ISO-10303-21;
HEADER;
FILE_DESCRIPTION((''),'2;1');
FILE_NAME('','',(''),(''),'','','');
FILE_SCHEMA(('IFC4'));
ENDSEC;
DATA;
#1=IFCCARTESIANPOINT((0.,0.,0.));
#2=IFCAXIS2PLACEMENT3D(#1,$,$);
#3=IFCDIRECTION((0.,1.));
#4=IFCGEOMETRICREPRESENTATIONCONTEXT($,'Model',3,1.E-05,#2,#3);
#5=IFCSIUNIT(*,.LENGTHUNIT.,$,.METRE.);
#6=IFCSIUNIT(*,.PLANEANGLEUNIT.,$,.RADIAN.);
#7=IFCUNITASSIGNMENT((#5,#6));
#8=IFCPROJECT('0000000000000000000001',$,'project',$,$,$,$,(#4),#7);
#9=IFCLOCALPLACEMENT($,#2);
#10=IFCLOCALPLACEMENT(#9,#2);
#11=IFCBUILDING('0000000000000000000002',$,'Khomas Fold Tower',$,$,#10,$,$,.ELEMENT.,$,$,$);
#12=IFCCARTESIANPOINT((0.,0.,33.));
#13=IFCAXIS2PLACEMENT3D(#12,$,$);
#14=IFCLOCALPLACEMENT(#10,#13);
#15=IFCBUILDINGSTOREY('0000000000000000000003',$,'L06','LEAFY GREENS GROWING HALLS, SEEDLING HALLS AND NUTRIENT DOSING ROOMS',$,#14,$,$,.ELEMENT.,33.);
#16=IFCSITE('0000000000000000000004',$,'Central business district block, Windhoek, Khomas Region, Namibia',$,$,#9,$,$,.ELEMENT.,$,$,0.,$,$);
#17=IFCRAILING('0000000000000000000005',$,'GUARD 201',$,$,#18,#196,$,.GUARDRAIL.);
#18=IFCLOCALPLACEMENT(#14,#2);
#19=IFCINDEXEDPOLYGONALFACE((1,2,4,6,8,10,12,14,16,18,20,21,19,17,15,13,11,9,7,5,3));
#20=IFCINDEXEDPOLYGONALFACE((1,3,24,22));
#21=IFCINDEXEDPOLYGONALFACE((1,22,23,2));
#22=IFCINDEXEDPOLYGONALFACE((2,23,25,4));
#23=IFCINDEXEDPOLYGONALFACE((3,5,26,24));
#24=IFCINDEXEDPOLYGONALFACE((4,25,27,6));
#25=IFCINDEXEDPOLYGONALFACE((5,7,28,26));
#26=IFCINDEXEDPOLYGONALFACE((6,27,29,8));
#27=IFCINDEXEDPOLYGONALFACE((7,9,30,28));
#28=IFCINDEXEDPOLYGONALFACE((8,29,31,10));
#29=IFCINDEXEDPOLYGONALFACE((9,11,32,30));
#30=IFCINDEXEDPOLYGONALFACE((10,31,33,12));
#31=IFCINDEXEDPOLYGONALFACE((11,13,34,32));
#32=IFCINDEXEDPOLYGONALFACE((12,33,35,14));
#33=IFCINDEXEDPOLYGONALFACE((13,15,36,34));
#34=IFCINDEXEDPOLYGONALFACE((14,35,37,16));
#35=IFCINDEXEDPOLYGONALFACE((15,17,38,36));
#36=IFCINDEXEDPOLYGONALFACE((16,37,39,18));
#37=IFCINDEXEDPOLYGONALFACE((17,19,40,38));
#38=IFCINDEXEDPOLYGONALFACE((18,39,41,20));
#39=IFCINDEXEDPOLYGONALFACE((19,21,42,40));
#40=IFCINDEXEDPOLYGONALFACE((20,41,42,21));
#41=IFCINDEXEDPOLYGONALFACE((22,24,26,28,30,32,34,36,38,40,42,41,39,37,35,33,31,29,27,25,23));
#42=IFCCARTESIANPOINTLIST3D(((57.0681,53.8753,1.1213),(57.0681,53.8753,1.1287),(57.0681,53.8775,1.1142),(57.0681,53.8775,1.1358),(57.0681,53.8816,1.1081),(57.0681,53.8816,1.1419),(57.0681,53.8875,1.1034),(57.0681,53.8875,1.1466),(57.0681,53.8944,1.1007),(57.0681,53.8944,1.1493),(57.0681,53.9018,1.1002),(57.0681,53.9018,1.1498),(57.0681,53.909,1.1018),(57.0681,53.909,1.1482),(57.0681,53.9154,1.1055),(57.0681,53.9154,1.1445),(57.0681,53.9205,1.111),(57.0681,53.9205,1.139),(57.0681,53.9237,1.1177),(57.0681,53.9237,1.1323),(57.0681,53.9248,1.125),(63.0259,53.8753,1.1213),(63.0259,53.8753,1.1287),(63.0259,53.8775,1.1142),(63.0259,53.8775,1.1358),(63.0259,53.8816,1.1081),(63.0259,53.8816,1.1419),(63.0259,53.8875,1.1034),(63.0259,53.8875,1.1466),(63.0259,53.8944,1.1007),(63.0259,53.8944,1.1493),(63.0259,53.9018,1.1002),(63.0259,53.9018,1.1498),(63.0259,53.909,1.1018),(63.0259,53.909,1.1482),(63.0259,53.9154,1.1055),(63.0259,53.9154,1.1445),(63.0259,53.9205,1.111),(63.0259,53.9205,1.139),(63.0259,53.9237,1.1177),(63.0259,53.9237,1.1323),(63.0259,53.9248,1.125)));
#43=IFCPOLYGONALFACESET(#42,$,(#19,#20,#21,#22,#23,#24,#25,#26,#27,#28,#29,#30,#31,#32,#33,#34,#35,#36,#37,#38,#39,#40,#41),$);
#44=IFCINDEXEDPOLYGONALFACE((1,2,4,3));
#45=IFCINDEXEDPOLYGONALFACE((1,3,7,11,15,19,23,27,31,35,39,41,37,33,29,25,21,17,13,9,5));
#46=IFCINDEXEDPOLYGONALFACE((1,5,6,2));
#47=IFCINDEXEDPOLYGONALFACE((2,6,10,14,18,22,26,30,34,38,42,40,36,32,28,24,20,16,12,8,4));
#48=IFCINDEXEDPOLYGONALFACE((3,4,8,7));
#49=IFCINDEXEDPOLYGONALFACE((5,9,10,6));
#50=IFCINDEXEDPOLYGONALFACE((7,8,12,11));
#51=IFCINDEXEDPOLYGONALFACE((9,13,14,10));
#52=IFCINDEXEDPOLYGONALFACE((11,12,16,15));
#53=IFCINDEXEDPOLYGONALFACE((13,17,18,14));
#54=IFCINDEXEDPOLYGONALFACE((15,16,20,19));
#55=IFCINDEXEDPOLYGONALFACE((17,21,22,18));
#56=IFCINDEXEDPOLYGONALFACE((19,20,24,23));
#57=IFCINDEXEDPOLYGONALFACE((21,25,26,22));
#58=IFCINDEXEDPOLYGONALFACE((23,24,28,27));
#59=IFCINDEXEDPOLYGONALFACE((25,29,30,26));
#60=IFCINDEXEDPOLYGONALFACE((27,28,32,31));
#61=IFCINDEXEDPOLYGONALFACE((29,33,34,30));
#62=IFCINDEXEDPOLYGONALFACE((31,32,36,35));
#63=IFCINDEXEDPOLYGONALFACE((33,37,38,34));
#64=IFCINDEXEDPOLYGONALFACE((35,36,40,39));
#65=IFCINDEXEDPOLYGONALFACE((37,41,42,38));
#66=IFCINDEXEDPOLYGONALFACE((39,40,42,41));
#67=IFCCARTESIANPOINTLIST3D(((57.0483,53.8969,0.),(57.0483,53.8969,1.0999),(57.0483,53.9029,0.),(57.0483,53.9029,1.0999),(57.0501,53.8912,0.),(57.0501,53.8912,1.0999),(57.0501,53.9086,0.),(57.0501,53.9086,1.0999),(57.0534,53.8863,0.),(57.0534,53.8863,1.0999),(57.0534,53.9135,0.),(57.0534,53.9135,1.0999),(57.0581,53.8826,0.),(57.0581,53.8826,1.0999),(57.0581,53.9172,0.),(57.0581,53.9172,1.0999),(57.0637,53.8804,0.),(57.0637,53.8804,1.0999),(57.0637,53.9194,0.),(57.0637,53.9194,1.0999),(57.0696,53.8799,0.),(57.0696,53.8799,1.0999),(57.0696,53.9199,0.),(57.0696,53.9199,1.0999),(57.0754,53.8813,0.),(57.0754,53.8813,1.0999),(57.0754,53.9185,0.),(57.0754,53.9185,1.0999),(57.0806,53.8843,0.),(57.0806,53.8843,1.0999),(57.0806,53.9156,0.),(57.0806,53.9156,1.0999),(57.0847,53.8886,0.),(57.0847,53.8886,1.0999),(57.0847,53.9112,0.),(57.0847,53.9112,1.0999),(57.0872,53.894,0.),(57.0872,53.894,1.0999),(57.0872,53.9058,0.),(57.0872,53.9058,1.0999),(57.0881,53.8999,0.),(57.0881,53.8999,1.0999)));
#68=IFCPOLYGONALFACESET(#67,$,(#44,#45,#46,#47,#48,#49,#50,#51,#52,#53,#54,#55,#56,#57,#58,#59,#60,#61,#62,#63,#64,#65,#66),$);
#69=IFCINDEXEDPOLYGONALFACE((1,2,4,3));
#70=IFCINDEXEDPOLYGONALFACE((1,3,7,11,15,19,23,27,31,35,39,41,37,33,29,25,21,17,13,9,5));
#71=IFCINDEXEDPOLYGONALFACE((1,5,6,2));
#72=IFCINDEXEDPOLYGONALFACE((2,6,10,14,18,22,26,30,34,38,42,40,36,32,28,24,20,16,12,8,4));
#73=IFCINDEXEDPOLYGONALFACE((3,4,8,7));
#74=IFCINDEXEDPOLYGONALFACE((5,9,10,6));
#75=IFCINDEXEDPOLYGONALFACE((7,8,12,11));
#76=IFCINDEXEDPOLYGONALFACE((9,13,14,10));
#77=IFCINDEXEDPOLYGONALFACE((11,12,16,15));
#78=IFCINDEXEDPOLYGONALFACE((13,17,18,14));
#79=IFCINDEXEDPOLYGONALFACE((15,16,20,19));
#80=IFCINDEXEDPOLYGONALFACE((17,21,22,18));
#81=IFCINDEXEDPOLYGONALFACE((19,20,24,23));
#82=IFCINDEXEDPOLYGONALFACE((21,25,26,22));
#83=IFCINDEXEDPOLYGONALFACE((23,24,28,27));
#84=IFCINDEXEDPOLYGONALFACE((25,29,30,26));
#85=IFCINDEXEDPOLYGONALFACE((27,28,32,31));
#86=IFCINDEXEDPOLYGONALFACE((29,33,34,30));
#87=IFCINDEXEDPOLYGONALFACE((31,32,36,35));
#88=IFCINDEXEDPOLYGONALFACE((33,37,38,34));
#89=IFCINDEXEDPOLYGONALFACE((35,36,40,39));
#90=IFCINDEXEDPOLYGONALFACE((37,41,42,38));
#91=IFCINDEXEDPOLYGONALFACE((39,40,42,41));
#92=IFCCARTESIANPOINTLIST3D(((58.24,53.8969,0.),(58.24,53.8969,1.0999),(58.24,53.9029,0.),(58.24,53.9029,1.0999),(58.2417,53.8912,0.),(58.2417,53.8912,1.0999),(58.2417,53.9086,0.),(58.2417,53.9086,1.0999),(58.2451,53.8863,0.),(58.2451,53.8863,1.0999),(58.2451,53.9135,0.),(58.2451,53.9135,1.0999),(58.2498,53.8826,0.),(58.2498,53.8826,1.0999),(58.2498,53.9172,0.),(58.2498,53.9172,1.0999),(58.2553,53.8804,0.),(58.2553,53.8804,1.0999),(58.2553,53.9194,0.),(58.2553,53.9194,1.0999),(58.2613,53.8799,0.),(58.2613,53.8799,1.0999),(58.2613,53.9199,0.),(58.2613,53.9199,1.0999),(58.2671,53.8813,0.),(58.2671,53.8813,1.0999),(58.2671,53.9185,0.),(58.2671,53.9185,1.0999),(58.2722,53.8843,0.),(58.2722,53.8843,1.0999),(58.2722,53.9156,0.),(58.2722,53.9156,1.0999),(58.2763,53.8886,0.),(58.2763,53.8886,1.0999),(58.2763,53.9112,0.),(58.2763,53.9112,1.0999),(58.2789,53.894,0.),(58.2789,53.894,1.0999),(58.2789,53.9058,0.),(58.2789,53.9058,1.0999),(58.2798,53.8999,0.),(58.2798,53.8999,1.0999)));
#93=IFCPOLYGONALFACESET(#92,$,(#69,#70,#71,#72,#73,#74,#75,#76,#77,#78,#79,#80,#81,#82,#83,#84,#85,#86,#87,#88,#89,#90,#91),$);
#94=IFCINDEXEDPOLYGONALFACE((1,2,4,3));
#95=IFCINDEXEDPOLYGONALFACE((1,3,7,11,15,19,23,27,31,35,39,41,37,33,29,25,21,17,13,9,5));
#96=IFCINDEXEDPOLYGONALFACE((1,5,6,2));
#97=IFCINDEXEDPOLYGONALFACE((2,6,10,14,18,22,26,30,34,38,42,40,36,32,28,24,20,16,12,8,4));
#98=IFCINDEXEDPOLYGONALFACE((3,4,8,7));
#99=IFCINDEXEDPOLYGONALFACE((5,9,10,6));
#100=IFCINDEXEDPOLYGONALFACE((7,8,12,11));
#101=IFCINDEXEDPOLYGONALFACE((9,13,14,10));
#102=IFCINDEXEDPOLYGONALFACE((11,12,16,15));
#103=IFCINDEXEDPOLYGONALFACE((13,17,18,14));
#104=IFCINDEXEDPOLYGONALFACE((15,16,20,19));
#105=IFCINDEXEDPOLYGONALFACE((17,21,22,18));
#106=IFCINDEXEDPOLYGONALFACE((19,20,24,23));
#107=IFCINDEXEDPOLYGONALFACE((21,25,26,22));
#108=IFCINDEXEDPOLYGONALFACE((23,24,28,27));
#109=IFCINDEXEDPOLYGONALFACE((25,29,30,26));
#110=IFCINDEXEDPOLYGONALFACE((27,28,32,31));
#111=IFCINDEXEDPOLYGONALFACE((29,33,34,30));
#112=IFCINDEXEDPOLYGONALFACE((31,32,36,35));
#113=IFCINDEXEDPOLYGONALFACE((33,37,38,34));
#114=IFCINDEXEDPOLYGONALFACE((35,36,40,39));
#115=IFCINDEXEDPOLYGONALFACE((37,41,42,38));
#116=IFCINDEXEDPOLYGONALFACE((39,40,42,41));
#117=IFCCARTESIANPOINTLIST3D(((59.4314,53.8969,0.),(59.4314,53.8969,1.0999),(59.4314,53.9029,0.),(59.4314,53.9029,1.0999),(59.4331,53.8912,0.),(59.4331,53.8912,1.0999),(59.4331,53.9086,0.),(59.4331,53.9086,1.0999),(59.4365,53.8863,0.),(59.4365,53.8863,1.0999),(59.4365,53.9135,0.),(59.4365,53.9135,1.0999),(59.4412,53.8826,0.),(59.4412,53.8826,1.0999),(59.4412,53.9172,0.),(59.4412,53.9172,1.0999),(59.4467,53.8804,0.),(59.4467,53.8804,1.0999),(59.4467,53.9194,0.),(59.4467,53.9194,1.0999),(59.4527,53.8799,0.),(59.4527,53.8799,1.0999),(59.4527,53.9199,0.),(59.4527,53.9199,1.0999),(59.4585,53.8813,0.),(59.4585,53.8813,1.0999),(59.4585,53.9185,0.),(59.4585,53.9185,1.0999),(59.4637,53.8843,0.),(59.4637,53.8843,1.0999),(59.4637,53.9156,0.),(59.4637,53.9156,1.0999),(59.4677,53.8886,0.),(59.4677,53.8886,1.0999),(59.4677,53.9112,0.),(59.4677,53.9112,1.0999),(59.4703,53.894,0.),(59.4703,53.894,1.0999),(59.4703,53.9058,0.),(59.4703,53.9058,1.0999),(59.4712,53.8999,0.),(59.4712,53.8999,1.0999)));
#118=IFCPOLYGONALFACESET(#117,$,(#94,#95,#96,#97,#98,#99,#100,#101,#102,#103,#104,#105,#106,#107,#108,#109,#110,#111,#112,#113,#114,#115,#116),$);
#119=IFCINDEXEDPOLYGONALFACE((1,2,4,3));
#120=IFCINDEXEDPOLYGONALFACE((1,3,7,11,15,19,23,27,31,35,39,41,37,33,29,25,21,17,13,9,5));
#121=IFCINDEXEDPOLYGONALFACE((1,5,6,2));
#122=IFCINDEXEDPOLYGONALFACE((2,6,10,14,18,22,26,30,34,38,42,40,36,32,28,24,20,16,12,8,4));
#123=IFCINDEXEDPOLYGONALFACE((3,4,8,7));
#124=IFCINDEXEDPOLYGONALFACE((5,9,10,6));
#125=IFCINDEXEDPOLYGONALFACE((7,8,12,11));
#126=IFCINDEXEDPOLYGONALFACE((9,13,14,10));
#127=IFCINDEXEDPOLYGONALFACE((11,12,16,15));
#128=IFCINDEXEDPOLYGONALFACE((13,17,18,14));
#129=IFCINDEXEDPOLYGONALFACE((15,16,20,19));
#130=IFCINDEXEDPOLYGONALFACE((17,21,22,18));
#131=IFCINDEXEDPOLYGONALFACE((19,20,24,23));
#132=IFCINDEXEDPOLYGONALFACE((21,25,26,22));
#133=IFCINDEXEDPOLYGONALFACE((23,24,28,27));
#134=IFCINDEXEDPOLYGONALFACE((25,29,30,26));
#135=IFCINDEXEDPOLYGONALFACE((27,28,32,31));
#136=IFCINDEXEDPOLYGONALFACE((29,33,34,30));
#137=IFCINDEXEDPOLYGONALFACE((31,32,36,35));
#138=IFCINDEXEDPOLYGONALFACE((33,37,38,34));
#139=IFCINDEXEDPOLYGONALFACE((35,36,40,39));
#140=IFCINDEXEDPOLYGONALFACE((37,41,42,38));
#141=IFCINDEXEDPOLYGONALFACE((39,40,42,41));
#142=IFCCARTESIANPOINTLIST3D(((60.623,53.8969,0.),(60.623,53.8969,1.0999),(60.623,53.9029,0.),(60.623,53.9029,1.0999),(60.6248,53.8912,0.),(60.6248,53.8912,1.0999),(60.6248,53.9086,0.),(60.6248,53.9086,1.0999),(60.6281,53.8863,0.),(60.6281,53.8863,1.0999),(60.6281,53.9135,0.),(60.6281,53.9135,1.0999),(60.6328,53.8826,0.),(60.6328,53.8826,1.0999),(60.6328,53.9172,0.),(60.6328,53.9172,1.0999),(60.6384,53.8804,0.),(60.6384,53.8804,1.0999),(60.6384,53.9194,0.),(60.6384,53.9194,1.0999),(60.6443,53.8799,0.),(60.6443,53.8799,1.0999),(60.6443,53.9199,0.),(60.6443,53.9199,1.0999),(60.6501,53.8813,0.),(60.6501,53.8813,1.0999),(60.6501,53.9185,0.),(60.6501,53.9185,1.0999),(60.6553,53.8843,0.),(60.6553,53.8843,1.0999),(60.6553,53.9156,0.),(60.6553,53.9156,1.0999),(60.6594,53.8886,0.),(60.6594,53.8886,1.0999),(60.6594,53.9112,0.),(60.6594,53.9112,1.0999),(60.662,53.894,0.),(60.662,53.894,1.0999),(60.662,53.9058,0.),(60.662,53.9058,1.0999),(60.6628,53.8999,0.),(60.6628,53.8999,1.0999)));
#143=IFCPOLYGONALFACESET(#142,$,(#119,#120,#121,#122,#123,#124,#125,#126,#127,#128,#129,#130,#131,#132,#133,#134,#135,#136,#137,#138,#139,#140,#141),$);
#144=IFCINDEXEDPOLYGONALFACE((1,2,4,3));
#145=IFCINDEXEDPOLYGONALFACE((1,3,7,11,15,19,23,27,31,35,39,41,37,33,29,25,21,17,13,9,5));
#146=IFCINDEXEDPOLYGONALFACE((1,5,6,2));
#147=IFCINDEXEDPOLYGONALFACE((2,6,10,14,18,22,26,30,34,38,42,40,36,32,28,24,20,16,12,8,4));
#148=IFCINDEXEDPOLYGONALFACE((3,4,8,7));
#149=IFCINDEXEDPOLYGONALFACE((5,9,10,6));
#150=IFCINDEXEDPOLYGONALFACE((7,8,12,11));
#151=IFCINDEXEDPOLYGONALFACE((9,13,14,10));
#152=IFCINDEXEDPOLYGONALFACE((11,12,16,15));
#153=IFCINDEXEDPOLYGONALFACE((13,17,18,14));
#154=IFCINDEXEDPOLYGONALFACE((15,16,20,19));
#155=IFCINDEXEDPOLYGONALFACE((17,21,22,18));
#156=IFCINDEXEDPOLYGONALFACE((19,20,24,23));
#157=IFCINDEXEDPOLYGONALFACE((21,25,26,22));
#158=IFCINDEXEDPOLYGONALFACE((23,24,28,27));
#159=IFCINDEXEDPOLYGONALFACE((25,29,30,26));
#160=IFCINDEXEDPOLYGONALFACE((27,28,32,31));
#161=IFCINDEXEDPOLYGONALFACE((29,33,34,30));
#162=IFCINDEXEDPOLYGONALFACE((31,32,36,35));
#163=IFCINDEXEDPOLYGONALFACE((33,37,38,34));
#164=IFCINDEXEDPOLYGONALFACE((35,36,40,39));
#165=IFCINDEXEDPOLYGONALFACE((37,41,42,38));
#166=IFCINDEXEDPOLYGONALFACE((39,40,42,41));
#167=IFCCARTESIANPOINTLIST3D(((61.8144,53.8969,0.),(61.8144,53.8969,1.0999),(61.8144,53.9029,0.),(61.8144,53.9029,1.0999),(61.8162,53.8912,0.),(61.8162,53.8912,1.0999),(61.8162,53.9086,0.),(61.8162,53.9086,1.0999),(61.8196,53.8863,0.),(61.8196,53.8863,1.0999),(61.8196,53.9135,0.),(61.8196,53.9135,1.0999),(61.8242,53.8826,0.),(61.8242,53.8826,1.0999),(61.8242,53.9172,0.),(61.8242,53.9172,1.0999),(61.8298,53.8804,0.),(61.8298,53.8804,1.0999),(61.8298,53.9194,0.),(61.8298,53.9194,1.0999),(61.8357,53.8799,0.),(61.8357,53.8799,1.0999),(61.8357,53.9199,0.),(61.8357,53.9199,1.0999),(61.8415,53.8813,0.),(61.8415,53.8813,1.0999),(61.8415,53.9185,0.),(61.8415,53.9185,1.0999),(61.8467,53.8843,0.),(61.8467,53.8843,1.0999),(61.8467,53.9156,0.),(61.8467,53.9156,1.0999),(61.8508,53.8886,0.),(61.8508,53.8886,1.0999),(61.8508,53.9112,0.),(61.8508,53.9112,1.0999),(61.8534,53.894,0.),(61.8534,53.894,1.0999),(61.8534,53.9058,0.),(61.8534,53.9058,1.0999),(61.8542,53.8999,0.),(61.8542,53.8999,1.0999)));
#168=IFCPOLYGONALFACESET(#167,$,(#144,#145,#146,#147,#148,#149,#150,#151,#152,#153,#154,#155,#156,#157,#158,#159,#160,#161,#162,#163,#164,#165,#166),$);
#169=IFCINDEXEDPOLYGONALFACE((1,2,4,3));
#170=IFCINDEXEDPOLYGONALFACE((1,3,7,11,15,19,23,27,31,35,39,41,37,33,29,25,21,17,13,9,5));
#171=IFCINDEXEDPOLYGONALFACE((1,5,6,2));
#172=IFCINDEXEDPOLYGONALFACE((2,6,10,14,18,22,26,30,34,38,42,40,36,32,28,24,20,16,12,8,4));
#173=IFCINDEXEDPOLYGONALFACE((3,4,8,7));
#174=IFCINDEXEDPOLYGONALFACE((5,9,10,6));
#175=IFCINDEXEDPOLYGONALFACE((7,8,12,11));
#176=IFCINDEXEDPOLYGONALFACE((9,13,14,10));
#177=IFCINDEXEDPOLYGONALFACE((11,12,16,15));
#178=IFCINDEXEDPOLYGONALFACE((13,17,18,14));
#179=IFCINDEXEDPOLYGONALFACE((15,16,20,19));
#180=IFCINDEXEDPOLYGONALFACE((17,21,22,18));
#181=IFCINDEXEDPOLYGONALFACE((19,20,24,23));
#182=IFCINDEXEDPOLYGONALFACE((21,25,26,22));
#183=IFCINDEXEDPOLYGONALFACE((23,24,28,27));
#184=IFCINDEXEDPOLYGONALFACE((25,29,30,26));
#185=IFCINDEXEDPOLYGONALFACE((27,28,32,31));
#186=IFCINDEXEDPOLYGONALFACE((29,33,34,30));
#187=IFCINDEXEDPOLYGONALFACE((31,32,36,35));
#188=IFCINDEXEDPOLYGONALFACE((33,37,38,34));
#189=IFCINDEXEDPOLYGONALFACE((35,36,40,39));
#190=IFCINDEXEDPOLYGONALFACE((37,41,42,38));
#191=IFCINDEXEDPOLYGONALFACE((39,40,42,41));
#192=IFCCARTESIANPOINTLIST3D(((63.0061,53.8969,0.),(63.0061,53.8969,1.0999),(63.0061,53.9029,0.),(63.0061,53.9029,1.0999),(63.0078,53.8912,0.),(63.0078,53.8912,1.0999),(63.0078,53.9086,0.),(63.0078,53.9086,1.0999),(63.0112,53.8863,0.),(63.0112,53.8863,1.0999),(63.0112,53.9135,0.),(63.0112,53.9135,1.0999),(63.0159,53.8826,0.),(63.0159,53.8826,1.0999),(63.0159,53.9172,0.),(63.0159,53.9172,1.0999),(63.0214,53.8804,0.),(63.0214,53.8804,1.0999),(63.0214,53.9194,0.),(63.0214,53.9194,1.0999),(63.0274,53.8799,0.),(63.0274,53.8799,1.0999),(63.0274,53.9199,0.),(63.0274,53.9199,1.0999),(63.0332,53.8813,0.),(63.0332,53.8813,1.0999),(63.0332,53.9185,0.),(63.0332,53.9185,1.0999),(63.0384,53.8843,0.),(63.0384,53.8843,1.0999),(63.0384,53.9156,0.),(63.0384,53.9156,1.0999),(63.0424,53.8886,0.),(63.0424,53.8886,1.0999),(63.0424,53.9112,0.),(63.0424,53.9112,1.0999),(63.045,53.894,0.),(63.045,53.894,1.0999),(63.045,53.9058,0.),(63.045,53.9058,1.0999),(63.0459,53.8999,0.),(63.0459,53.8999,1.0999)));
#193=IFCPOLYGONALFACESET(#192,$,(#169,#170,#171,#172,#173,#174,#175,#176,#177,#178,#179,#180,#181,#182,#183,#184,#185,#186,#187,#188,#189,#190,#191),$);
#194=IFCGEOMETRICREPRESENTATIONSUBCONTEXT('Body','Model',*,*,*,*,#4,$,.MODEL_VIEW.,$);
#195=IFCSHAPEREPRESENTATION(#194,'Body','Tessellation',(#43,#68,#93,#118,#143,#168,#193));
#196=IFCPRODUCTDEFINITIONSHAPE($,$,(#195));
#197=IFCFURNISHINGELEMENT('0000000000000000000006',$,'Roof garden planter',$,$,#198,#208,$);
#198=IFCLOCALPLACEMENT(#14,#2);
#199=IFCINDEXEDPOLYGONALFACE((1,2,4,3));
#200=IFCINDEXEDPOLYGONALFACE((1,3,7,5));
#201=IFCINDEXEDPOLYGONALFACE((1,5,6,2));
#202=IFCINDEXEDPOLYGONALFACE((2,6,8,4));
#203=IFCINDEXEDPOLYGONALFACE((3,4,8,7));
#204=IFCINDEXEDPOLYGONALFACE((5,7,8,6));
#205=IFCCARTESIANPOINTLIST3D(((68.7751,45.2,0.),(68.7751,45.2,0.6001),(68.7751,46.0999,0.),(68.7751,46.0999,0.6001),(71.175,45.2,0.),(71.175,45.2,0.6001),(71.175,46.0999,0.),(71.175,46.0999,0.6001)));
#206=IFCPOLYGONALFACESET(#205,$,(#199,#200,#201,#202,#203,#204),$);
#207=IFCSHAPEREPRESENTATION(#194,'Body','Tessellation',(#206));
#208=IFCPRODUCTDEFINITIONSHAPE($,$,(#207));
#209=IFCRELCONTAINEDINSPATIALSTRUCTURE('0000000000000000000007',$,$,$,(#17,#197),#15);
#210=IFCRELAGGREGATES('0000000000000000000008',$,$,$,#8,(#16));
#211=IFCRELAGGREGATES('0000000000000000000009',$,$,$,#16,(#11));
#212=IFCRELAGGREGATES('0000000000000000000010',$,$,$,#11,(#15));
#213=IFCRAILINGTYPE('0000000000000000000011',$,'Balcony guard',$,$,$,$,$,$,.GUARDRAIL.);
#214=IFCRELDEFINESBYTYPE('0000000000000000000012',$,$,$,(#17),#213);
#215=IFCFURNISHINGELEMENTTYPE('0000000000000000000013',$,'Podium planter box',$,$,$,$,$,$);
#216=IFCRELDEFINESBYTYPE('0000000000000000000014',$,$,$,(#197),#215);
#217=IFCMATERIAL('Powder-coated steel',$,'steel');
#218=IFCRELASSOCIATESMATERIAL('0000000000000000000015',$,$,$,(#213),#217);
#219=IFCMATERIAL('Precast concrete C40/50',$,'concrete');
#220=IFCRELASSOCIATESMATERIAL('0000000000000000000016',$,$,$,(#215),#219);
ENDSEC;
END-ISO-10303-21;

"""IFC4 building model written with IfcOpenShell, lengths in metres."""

from ifc_helpers import new_model, si_unit, direction, frame, origin, origin_2d, place, context, subcontext, project, spatial, rectangle, circle, extrude, source, transform, mapped, material, type_object, element, save


model = new_model("IFC4")

# Units and contexts
model_context = context("Model", 3, precision=1e-05, world=origin(), true_north=direction((0.0, 1.0)))
body_context = subcontext(model_context, "Body", "Model", "MODEL_VIEW")
ifc_project = project(units=[si_unit("LENGTHUNIT", "METRE"), si_unit("PLANEANGLEUNIT", "RADIAN")], contexts=[model_context])

# Site, building, storey
site_placement = place(None, origin())
site = spatial("IfcSite", under=ifc_project, at=site_placement, Name="Central business district block, Windhoek, Khomas Region, Namibia", CompositionType="ELEMENT", RefElevation=0.0)
building_placement = place(site_placement, origin())
building = spatial("IfcBuilding", under=site, at=building_placement, Name="Khomas Fold Tower", CompositionType="ELEMENT")
storey_placement = place(building_placement, frame((0.0, 0.0, 33.0)))
storey = spatial("IfcBuildingStorey", under=building, at=storey_placement, Name="L06", Description="LEAFY GREENS GROWING HALLS, SEEDLING HALLS AND NUTRIENT DOSING ROOMS", CompositionType="ELEMENT", Elevation=33.0)

# Railing
ifc_material_1 = material(Name="Powder-coated steel", Category="steel")
railing_type = type_object("IfcRailingType", Name="Balcony guard", PredefinedType="GUARDRAIL", material=ifc_material_1)
shared_shape_1 = source(origin(), body_context, "Body", "SweptSolid", [
    extrude(circle(Radius=0.0249, at=origin_2d()), frame((0.0, 0.0, 1.125), z_axis=(1.0, 0.0, 0.0), x_axis=(0.0, 1.0, 0.0)), (0.0, 0.0, 1.0), 5.9578),
    extrude(circle(Radius=0.02, at=origin_2d()), origin(), (0.0, 0.0, 1.0), 1.0999),
    extrude(circle(Radius=0.02, at=origin_2d()), frame((1.1917, 0.0, 0.0)), (0.0, 0.0, 1.0), 1.0999),
    extrude(circle(Radius=0.02, at=origin_2d()), frame((2.3831, 0.0, 0.0)), (0.0, 0.0, 1.0), 1.0999),
    extrude(circle(Radius=0.02, at=origin_2d()), frame((3.5747, 0.0, 0.0)), (0.0, 0.0, 1.0), 1.0999),
    extrude(circle(Radius=0.02, at=origin_2d()), frame((4.7661, 0.0, 0.0)), (0.0, 0.0, 1.0), 1.0999),
    extrude(circle(Radius=0.02, at=origin_2d()), frame((5.9578, 0.0, 0.0)), (0.0, 0.0, 1.0), 1.0999),
])
railing_1_placement = place(storey_placement, frame((57.0681, 53.8999, 0.0)))
element("IfcRailing", 1, at=railing_1_placement, inside=storey, type_object=railing_type, Name="GUARD 201", PredefinedType="GUARDRAIL", context=body_context, shape_type="MappedRepresentation", body=[
    mapped(shared_shape_1, transform((0.0, 0.0, 0.0))),
])

# Furnishing element
ifc_material_2 = material(Name="Precast concrete C40/50", Category="concrete")
furnishing_element_type_1 = type_object("IfcFurnishingElementType", Name="Podium planter box", material=ifc_material_2)
shared_shape_2 = source(origin(), body_context, "Body", "SweptSolid", [
    extrude(rectangle(XDim=2.3999, YDim=0.8999, at=origin_2d()), origin(), (0.0, 0.0, 1.0), 0.6001),
])
for number, where, z_axis, x_axis, name in (
    (2, (69.9751, 45.6499, 0.0), (0.0, 0.0, 1.0), (-1.0, 0.0, 0.0), "Roof garden planter"),
):
    element("IfcFurnishingElement", number, at=place(storey_placement, frame(where, z_axis=z_axis, x_axis=x_axis)), inside=storey, type_object=furnishing_element_type_1, Name=name, context=body_context, shape_type="MappedRepresentation", body=[
        mapped(shared_shape_2, transform((0.0, 0.0, 0.0))),
    ])

save(model, "model.ifc")
